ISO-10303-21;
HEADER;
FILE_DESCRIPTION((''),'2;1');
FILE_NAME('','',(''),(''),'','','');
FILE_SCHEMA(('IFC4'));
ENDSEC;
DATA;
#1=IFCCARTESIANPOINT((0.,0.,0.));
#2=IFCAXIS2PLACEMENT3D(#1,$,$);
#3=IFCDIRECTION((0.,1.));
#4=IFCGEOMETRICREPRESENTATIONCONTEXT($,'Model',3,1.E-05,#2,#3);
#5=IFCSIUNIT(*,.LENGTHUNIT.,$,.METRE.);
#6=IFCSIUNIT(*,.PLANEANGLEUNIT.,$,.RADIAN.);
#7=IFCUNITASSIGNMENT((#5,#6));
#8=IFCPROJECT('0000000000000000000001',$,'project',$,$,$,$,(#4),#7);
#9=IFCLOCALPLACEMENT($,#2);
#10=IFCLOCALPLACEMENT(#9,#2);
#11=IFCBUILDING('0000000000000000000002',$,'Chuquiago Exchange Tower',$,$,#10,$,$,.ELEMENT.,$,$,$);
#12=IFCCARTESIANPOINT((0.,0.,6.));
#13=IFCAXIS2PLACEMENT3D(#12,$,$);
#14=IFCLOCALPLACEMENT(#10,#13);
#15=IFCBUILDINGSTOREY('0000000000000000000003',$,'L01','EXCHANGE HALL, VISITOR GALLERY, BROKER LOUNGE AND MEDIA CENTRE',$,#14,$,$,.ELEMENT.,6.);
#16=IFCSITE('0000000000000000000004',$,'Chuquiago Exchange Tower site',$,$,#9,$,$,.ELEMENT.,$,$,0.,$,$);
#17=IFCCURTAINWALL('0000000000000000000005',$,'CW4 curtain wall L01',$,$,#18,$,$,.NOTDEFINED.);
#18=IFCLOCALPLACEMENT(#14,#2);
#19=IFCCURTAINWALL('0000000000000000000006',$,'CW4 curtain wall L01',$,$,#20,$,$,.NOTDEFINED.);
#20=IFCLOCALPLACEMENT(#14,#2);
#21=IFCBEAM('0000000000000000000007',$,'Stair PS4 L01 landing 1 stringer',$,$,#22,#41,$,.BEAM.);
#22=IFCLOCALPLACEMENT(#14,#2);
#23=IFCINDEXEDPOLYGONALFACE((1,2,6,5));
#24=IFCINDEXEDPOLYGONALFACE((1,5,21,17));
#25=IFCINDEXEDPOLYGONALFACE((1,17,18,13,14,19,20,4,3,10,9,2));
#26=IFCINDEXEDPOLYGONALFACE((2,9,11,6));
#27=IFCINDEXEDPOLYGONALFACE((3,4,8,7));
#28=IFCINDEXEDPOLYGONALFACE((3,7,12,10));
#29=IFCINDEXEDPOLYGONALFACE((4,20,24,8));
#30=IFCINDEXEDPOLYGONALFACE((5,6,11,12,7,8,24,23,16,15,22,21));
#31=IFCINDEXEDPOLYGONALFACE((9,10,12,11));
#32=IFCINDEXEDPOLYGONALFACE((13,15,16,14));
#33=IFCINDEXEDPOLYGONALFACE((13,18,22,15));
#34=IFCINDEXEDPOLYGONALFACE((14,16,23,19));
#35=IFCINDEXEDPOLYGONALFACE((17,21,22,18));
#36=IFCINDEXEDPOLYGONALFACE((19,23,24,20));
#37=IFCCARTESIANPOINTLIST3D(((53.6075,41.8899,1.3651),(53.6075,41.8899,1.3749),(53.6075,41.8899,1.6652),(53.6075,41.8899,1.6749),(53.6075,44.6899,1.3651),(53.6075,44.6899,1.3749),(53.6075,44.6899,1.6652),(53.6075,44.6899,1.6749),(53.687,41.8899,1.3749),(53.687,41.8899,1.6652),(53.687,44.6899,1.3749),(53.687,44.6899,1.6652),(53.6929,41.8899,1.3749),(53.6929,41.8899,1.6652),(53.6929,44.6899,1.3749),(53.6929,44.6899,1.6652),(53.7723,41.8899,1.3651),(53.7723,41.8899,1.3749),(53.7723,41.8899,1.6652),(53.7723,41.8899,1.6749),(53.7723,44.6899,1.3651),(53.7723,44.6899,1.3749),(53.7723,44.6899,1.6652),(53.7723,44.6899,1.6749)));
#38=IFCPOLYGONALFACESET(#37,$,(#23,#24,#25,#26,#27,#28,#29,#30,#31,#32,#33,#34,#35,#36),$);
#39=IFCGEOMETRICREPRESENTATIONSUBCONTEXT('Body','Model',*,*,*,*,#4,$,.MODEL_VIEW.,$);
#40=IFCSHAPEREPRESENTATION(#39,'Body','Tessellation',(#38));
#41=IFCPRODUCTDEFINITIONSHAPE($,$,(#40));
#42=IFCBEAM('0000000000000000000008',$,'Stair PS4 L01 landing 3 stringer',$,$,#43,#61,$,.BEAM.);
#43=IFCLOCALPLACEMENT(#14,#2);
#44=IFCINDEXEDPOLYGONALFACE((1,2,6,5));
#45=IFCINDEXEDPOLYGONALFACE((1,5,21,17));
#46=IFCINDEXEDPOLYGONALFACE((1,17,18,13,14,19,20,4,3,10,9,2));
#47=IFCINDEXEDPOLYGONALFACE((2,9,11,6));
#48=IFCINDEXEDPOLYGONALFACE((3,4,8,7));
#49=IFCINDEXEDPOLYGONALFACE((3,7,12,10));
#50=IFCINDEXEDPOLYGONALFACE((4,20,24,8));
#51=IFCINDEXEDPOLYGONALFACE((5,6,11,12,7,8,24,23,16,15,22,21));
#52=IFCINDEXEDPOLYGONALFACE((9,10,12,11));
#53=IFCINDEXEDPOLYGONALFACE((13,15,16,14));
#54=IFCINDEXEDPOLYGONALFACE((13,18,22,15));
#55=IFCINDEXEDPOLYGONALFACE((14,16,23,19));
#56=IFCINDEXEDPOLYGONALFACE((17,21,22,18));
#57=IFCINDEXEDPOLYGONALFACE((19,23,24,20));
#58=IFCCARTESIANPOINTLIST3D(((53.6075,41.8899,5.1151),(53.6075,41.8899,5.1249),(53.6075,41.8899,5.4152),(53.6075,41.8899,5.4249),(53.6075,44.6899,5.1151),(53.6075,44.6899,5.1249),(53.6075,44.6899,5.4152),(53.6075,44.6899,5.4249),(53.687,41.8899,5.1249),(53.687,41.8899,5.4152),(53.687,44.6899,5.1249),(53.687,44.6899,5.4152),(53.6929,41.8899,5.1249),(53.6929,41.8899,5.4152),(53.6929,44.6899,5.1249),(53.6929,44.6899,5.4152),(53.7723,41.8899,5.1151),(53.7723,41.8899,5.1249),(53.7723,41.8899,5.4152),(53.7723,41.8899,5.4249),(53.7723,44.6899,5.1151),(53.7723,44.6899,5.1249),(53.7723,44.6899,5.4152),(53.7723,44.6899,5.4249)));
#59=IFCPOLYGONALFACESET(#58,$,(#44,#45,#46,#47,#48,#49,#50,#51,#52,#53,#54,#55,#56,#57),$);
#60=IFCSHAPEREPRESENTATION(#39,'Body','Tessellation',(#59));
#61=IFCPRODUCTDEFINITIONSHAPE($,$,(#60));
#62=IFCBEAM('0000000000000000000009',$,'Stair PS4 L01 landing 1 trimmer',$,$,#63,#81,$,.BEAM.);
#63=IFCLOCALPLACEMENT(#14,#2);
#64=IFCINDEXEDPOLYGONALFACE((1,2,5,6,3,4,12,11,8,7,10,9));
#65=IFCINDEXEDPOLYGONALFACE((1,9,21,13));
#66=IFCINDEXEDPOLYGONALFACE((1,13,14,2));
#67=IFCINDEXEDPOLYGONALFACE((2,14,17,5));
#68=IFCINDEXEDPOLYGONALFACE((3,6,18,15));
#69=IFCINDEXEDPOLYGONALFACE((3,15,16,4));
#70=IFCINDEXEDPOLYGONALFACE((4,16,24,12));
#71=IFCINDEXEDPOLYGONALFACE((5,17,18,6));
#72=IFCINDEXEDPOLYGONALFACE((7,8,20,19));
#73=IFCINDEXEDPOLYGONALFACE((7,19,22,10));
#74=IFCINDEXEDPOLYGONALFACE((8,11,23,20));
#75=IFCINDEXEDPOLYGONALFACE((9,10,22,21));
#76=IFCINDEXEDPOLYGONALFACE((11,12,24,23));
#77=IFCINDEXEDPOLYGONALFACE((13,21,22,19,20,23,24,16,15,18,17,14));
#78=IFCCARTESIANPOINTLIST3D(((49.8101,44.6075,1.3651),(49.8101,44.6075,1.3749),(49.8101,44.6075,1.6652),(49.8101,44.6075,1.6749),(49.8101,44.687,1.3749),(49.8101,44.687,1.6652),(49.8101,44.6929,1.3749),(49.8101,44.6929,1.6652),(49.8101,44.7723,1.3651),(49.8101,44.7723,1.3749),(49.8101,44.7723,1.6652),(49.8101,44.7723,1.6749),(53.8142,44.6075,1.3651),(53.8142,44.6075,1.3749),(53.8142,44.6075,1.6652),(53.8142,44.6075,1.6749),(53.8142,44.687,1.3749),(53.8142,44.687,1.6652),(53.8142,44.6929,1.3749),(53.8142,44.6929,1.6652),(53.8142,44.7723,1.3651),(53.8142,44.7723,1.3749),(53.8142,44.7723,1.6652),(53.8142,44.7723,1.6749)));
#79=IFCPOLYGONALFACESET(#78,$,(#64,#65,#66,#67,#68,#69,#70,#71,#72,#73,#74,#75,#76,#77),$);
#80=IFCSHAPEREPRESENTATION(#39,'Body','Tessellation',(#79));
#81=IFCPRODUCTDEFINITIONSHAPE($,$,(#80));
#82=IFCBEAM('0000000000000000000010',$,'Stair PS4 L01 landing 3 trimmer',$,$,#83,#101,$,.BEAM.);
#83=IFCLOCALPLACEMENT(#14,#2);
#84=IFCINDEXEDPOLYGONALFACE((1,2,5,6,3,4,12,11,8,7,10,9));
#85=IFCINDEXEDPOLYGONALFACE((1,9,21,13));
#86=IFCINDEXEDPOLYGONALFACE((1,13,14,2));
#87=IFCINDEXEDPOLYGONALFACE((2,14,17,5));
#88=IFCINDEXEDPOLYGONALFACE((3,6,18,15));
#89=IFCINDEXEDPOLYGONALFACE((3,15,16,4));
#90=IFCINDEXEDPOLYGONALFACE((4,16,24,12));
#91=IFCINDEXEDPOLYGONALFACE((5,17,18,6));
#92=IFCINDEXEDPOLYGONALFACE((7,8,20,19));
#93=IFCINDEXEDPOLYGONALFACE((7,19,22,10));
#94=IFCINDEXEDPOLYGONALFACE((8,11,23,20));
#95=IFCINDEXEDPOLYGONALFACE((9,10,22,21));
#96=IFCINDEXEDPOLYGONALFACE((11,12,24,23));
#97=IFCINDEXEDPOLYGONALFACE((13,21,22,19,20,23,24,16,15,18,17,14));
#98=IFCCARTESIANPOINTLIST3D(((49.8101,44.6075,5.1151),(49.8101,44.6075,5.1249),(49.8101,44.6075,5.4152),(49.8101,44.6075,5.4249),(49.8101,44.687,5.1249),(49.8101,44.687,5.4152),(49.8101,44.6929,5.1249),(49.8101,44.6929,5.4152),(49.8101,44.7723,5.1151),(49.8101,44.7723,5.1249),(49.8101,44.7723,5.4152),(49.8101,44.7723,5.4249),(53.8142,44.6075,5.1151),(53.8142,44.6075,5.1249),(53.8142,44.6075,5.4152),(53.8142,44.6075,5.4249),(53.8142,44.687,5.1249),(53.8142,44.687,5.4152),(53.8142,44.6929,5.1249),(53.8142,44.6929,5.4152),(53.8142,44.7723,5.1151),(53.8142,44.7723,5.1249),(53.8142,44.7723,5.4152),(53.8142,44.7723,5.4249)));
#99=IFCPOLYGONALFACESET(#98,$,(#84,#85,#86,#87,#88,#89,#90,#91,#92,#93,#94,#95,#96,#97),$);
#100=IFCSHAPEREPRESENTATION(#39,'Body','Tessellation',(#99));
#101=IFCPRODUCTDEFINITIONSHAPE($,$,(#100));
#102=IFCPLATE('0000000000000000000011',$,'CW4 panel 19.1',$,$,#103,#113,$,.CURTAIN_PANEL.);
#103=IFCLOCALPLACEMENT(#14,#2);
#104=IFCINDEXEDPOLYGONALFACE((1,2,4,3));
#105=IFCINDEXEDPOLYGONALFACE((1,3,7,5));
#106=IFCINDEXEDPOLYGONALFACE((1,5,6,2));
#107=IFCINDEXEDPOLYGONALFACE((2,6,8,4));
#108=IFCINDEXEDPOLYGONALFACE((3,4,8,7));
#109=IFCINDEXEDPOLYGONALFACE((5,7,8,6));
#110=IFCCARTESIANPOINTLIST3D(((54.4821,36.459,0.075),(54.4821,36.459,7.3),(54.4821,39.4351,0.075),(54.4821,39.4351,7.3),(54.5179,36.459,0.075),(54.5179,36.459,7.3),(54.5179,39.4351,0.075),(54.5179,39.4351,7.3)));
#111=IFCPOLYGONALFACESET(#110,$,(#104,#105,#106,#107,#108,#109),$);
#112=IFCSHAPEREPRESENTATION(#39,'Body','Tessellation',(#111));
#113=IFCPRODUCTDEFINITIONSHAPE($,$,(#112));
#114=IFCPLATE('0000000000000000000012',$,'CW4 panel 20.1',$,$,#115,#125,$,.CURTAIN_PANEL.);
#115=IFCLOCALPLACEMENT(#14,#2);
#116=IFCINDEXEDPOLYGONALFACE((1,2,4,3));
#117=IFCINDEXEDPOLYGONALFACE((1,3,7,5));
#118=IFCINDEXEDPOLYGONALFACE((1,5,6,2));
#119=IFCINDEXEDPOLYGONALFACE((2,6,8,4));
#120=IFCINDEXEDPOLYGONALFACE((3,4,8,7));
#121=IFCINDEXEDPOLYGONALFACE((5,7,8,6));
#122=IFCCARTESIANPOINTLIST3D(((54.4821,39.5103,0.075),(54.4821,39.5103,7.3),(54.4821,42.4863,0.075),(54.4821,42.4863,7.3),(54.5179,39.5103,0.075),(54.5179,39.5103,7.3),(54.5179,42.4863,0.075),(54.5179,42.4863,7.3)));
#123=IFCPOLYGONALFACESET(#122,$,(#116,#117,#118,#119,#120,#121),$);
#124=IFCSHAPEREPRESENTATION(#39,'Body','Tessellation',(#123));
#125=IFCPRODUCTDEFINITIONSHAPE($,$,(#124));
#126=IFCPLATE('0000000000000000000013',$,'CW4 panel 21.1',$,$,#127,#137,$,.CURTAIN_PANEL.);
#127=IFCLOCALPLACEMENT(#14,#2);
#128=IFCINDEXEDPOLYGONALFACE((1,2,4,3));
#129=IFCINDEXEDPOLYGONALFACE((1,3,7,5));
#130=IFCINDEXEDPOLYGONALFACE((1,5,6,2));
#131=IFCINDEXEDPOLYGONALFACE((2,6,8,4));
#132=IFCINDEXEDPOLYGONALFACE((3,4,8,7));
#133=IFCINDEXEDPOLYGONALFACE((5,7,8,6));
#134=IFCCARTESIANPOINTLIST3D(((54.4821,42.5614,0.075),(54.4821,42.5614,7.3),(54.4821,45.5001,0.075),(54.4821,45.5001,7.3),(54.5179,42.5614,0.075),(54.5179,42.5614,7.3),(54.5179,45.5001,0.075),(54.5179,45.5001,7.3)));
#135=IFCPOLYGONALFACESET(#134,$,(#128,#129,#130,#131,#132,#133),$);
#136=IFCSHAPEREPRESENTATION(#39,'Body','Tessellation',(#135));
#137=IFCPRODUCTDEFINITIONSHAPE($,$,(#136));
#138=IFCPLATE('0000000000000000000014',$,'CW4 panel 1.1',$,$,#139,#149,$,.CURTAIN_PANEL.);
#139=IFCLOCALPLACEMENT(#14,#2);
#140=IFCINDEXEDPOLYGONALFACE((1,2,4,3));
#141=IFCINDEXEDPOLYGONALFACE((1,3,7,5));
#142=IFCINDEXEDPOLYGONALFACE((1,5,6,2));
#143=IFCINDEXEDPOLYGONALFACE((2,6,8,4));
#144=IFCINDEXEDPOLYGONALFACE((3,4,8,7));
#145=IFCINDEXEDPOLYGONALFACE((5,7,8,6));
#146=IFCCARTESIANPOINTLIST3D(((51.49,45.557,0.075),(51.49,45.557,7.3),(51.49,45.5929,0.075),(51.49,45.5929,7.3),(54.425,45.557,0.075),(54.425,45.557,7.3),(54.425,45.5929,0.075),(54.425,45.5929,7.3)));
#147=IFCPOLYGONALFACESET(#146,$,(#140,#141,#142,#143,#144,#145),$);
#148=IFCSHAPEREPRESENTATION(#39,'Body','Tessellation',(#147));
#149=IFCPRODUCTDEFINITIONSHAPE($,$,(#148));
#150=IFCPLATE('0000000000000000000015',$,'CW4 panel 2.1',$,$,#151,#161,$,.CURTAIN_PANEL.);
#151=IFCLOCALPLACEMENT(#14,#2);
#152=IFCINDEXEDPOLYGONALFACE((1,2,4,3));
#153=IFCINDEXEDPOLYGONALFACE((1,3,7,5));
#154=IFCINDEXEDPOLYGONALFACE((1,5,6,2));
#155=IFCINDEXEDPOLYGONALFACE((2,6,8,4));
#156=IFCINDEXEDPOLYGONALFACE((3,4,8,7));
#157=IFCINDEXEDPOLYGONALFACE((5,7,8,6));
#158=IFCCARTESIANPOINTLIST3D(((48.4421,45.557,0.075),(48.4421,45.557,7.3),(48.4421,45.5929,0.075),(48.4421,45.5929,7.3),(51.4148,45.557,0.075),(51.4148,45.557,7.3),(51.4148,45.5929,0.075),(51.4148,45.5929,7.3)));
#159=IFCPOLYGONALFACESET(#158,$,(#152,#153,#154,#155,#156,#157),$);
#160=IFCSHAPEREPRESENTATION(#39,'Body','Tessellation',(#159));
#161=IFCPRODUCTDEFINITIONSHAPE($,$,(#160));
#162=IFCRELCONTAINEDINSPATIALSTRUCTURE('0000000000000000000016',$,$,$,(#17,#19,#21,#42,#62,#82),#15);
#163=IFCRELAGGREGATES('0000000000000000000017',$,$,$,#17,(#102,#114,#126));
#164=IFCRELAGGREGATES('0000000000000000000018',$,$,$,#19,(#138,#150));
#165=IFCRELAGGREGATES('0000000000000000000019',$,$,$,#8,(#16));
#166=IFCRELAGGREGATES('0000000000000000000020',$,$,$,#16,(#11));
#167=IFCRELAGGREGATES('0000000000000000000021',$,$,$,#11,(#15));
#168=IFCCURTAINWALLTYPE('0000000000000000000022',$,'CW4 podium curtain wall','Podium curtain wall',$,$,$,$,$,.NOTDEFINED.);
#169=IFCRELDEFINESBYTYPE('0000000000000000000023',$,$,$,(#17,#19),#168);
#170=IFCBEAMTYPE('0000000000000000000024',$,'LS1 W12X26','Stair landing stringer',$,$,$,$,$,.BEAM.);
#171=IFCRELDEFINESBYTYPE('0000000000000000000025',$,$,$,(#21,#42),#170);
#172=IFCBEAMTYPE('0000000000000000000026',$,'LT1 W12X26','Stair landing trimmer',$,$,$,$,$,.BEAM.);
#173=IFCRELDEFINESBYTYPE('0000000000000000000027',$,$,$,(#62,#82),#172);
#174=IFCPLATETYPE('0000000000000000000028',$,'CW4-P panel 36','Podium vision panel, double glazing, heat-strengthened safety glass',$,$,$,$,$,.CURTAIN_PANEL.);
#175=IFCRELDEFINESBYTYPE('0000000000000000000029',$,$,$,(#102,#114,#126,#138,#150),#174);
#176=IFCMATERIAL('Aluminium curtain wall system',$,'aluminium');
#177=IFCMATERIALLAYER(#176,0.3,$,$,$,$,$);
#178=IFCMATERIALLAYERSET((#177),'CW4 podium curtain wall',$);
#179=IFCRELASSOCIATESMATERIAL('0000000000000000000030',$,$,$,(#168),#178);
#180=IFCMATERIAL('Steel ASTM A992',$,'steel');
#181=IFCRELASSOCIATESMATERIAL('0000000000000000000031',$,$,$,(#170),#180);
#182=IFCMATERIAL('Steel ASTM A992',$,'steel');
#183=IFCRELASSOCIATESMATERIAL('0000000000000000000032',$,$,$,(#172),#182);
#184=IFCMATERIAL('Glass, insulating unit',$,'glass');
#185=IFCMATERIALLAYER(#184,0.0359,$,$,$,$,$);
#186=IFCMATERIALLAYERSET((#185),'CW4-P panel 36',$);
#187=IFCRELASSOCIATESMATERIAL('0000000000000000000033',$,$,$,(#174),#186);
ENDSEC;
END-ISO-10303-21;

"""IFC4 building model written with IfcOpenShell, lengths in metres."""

from ifc_helpers import new_model, si_unit, direction, frame, origin, origin_2d, place, context, subcontext, project, spatial, rectangle, i_section, extrude, material, layer, layer_set, material_profile, profile_set, type_object, element, aggregate, save


model = new_model("IFC4")

# Units and contexts
model_context = context("Model", 3, precision=1e-05, world=origin(), true_north=direction((0.0, 1.0)))
body_context = subcontext(model_context, "Body", "Model", "MODEL_VIEW")
ifc_project = project(units=[si_unit("LENGTHUNIT", "METRE"), si_unit("PLANEANGLEUNIT", "RADIAN")], contexts=[model_context])

# Site, building, storey
site_placement = place(None, origin())
site = spatial("IfcSite", under=ifc_project, at=site_placement, Name="Chuquiago Exchange Tower site", CompositionType="ELEMENT", RefElevation=0.0)
building_placement = place(site_placement, origin())
building = spatial("IfcBuilding", under=site, at=building_placement, Name="Chuquiago Exchange Tower", CompositionType="ELEMENT")
storey_placement = place(building_placement, frame((0.0, 0.0, 6.0)))
storey = spatial("IfcBuildingStorey", under=building, at=storey_placement, Name="L01", Description="EXCHANGE HALL, VISITOR GALLERY, BROKER LOUNGE AND MEDIA CENTRE", CompositionType="ELEMENT", Elevation=6.0)

# Curtain walls
ifc_material_1 = material(Name="Aluminium curtain wall system", Category="aluminium")
ifc_layer_1 = layer(ifc_material_1, 0.3)
ifc_layer_set_1 = layer_set([ifc_layer_1], Name="CW4 podium curtain wall")
curtain_wall_type = type_object("IfcCurtainWallType", Name="CW4 podium curtain wall", Description="Podium curtain wall", PredefinedType="NOTDEFINED", material=ifc_layer_set_1)
curtain_wall_1_placement = place(storey_placement, origin())
curtain_wall_1 = element("IfcCurtainWall", 1, at=curtain_wall_1_placement, inside=storey, type_object=curtain_wall_type, Name="CW4 curtain wall L01", PredefinedType="NOTDEFINED")
curtain_wall_2_placement = place(storey_placement, origin())
curtain_wall_2 = element("IfcCurtainWall", 2, at=curtain_wall_2_placement, inside=storey, type_object=curtain_wall_type, Name="CW4 curtain wall L01", PredefinedType="NOTDEFINED")

# Beams
ifc_material_2 = material(Name="Steel ASTM A992", Category="steel")
ifc_material_profile_1 = material_profile(ifc_material_2, i_section(OverallWidth=0.1648, OverallDepth=0.3098, WebThickness=0.0059, FlangeThickness=0.0098, at=origin_2d()), Name="W12X26")
ifc_profile_set_1 = profile_set([ifc_material_profile_1], Name="Steel ASTM A992")
beam_type_1 = type_object("IfcBeamType", Name="LS1 W12X26", Description="Stair landing stringer", PredefinedType="BEAM", material=ifc_profile_set_1)
for number, where, z_axis, x_axis, name in (
    (3, (53.6899, 41.8899, 1.52), (0.0, 1.0, 0.0), (-1.0, 0.0, 0.0), "Stair PS4 L01 landing 1 stringer"),
    (4, (53.6899, 41.8899, 5.27), (0.0, 1.0, 0.0), (-1.0, 0.0, 0.0), "Stair PS4 L01 landing 3 stringer"),
):
    element("IfcBeam", number, at=place(storey_placement, frame(where, z_axis=z_axis, x_axis=x_axis)), inside=storey, type_object=beam_type_1, Name=name, PredefinedType="BEAM", context=body_context, shape_type="SweptSolid", body=[
        extrude(i_section(OverallWidth=0.1648, OverallDepth=0.3098, WebThickness=0.0059, FlangeThickness=0.0098, at=origin_2d()), origin(), (0.0, 0.0, 1.0), 2.8),
    ])
ifc_material_3 = material(Name="Steel ASTM A992", Category="steel")
ifc_material_profile_2 = material_profile(ifc_material_3, i_section(OverallWidth=0.1648, OverallDepth=0.3098, WebThickness=0.0059, FlangeThickness=0.0098, at=origin_2d()), Name="W12X26")
ifc_profile_set_2 = profile_set([ifc_material_profile_2], Name="Steel ASTM A992")
beam_type_2 = type_object("IfcBeamType", Name="LT1 W12X26", Description="Stair landing trimmer", PredefinedType="BEAM", material=ifc_profile_set_2)
for number, where, z_axis, x_axis, name in (
    (5, (49.8101, 44.6899, 1.52), (1.0, 0.0, 0.0), (0.0, 1.0, 0.0), "Stair PS4 L01 landing 1 trimmer"),
    (6, (49.8101, 44.6899, 5.27), (1.0, 0.0, 0.0), (0.0, 1.0, 0.0), "Stair PS4 L01 landing 3 trimmer"),
):
    element("IfcBeam", number, at=place(storey_placement, frame(where, z_axis=z_axis, x_axis=x_axis)), inside=storey, type_object=beam_type_2, Name=name, PredefinedType="BEAM", context=body_context, shape_type="SweptSolid", body=[
        extrude(i_section(OverallWidth=0.1648, OverallDepth=0.3098, WebThickness=0.0059, FlangeThickness=0.0098, at=origin_2d()), origin(), (0.0, 0.0, 1.0), 4.0042),
    ])

# Plates
ifc_material_4 = material(Name="Glass, insulating unit", Category="glass")
ifc_layer_2 = layer(ifc_material_4, 0.0359)
ifc_layer_set_2 = layer_set([ifc_layer_2], Name="CW4-P panel 36")
plate_type = type_object("IfcPlateType", Name="CW4-P panel 36", Description="Podium vision panel, double glazing, heat-strengthened safety glass", PredefinedType="CURTAIN_PANEL", material=ifc_layer_set_2)
plate_1_placement = place(storey_placement, frame((54.5, 37.947, 0.075), z_axis=(0.0, 0.0, 1.0), x_axis=(0.0, 1.0, 0.0)))
plate_1 = element("IfcPlate", 7, at=plate_1_placement, type_object=plate_type, Name="CW4 panel 19.1", PredefinedType="CURTAIN_PANEL", context=body_context, shape_type="SweptSolid", body=[
    extrude(rectangle(XDim=2.9761, YDim=0.0359, at=origin_2d()), origin(), (0.0, 0.0, 1.0), 7.2251),
])
plate_2_placement = place(storey_placement, frame((54.5, 40.9983, 0.075), z_axis=(0.0, 0.0, 1.0), x_axis=(0.0, 1.0, 0.0)))
plate_2 = element("IfcPlate", 8, at=plate_2_placement, type_object=plate_type, Name="CW4 panel 20.1", PredefinedType="CURTAIN_PANEL", context=body_context, shape_type="SweptSolid", body=[
    extrude(rectangle(XDim=2.9761, YDim=0.0359, at=origin_2d()), origin(), (0.0, 0.0, 1.0), 7.2251),
])
plate_3_placement = place(storey_placement, frame((54.5, 44.0308, 0.075), z_axis=(0.0, 0.0, 1.0), x_axis=(0.0, 1.0, 0.0)))
plate_3 = element("IfcPlate", 9, at=plate_3_placement, type_object=plate_type, Name="CW4 panel 21.1", PredefinedType="CURTAIN_PANEL", context=body_context, shape_type="SweptSolid", body=[
    extrude(rectangle(XDim=2.9387, YDim=0.0359, at=origin_2d()), origin(), (0.0, 0.0, 1.0), 7.2251),
])
aggregate(curtain_wall_1, [plate_1, plate_2, plate_3])
plate_4_placement = place(storey_placement, frame((52.9575, 45.575, 0.075), z_axis=(0.0, 0.0, 1.0), x_axis=(-1.0, 0.0, 0.0)))
plate_4 = element("IfcPlate", 10, at=plate_4_placement, type_object=plate_type, Name="CW4 panel 1.1", PredefinedType="CURTAIN_PANEL", context=body_context, shape_type="SweptSolid", body=[
    extrude(rectangle(XDim=2.9351, YDim=0.0359, at=origin_2d()), origin(), (0.0, 0.0, 1.0), 7.2251),
])
plate_5_placement = place(storey_placement, frame((49.9285, 45.575, 0.075), z_axis=(0.0, 0.0, 1.0), x_axis=(-1.0, 0.0, 0.0)))
plate_5 = element("IfcPlate", 11, at=plate_5_placement, type_object=plate_type, Name="CW4 panel 2.1", PredefinedType="CURTAIN_PANEL", context=body_context, shape_type="SweptSolid", body=[
    extrude(rectangle(XDim=2.9727, YDim=0.0359, at=origin_2d()), origin(), (0.0, 0.0, 1.0), 7.2251),
])
aggregate(curtain_wall_2, [plate_4, plate_5])

save(model, "model.ifc")
